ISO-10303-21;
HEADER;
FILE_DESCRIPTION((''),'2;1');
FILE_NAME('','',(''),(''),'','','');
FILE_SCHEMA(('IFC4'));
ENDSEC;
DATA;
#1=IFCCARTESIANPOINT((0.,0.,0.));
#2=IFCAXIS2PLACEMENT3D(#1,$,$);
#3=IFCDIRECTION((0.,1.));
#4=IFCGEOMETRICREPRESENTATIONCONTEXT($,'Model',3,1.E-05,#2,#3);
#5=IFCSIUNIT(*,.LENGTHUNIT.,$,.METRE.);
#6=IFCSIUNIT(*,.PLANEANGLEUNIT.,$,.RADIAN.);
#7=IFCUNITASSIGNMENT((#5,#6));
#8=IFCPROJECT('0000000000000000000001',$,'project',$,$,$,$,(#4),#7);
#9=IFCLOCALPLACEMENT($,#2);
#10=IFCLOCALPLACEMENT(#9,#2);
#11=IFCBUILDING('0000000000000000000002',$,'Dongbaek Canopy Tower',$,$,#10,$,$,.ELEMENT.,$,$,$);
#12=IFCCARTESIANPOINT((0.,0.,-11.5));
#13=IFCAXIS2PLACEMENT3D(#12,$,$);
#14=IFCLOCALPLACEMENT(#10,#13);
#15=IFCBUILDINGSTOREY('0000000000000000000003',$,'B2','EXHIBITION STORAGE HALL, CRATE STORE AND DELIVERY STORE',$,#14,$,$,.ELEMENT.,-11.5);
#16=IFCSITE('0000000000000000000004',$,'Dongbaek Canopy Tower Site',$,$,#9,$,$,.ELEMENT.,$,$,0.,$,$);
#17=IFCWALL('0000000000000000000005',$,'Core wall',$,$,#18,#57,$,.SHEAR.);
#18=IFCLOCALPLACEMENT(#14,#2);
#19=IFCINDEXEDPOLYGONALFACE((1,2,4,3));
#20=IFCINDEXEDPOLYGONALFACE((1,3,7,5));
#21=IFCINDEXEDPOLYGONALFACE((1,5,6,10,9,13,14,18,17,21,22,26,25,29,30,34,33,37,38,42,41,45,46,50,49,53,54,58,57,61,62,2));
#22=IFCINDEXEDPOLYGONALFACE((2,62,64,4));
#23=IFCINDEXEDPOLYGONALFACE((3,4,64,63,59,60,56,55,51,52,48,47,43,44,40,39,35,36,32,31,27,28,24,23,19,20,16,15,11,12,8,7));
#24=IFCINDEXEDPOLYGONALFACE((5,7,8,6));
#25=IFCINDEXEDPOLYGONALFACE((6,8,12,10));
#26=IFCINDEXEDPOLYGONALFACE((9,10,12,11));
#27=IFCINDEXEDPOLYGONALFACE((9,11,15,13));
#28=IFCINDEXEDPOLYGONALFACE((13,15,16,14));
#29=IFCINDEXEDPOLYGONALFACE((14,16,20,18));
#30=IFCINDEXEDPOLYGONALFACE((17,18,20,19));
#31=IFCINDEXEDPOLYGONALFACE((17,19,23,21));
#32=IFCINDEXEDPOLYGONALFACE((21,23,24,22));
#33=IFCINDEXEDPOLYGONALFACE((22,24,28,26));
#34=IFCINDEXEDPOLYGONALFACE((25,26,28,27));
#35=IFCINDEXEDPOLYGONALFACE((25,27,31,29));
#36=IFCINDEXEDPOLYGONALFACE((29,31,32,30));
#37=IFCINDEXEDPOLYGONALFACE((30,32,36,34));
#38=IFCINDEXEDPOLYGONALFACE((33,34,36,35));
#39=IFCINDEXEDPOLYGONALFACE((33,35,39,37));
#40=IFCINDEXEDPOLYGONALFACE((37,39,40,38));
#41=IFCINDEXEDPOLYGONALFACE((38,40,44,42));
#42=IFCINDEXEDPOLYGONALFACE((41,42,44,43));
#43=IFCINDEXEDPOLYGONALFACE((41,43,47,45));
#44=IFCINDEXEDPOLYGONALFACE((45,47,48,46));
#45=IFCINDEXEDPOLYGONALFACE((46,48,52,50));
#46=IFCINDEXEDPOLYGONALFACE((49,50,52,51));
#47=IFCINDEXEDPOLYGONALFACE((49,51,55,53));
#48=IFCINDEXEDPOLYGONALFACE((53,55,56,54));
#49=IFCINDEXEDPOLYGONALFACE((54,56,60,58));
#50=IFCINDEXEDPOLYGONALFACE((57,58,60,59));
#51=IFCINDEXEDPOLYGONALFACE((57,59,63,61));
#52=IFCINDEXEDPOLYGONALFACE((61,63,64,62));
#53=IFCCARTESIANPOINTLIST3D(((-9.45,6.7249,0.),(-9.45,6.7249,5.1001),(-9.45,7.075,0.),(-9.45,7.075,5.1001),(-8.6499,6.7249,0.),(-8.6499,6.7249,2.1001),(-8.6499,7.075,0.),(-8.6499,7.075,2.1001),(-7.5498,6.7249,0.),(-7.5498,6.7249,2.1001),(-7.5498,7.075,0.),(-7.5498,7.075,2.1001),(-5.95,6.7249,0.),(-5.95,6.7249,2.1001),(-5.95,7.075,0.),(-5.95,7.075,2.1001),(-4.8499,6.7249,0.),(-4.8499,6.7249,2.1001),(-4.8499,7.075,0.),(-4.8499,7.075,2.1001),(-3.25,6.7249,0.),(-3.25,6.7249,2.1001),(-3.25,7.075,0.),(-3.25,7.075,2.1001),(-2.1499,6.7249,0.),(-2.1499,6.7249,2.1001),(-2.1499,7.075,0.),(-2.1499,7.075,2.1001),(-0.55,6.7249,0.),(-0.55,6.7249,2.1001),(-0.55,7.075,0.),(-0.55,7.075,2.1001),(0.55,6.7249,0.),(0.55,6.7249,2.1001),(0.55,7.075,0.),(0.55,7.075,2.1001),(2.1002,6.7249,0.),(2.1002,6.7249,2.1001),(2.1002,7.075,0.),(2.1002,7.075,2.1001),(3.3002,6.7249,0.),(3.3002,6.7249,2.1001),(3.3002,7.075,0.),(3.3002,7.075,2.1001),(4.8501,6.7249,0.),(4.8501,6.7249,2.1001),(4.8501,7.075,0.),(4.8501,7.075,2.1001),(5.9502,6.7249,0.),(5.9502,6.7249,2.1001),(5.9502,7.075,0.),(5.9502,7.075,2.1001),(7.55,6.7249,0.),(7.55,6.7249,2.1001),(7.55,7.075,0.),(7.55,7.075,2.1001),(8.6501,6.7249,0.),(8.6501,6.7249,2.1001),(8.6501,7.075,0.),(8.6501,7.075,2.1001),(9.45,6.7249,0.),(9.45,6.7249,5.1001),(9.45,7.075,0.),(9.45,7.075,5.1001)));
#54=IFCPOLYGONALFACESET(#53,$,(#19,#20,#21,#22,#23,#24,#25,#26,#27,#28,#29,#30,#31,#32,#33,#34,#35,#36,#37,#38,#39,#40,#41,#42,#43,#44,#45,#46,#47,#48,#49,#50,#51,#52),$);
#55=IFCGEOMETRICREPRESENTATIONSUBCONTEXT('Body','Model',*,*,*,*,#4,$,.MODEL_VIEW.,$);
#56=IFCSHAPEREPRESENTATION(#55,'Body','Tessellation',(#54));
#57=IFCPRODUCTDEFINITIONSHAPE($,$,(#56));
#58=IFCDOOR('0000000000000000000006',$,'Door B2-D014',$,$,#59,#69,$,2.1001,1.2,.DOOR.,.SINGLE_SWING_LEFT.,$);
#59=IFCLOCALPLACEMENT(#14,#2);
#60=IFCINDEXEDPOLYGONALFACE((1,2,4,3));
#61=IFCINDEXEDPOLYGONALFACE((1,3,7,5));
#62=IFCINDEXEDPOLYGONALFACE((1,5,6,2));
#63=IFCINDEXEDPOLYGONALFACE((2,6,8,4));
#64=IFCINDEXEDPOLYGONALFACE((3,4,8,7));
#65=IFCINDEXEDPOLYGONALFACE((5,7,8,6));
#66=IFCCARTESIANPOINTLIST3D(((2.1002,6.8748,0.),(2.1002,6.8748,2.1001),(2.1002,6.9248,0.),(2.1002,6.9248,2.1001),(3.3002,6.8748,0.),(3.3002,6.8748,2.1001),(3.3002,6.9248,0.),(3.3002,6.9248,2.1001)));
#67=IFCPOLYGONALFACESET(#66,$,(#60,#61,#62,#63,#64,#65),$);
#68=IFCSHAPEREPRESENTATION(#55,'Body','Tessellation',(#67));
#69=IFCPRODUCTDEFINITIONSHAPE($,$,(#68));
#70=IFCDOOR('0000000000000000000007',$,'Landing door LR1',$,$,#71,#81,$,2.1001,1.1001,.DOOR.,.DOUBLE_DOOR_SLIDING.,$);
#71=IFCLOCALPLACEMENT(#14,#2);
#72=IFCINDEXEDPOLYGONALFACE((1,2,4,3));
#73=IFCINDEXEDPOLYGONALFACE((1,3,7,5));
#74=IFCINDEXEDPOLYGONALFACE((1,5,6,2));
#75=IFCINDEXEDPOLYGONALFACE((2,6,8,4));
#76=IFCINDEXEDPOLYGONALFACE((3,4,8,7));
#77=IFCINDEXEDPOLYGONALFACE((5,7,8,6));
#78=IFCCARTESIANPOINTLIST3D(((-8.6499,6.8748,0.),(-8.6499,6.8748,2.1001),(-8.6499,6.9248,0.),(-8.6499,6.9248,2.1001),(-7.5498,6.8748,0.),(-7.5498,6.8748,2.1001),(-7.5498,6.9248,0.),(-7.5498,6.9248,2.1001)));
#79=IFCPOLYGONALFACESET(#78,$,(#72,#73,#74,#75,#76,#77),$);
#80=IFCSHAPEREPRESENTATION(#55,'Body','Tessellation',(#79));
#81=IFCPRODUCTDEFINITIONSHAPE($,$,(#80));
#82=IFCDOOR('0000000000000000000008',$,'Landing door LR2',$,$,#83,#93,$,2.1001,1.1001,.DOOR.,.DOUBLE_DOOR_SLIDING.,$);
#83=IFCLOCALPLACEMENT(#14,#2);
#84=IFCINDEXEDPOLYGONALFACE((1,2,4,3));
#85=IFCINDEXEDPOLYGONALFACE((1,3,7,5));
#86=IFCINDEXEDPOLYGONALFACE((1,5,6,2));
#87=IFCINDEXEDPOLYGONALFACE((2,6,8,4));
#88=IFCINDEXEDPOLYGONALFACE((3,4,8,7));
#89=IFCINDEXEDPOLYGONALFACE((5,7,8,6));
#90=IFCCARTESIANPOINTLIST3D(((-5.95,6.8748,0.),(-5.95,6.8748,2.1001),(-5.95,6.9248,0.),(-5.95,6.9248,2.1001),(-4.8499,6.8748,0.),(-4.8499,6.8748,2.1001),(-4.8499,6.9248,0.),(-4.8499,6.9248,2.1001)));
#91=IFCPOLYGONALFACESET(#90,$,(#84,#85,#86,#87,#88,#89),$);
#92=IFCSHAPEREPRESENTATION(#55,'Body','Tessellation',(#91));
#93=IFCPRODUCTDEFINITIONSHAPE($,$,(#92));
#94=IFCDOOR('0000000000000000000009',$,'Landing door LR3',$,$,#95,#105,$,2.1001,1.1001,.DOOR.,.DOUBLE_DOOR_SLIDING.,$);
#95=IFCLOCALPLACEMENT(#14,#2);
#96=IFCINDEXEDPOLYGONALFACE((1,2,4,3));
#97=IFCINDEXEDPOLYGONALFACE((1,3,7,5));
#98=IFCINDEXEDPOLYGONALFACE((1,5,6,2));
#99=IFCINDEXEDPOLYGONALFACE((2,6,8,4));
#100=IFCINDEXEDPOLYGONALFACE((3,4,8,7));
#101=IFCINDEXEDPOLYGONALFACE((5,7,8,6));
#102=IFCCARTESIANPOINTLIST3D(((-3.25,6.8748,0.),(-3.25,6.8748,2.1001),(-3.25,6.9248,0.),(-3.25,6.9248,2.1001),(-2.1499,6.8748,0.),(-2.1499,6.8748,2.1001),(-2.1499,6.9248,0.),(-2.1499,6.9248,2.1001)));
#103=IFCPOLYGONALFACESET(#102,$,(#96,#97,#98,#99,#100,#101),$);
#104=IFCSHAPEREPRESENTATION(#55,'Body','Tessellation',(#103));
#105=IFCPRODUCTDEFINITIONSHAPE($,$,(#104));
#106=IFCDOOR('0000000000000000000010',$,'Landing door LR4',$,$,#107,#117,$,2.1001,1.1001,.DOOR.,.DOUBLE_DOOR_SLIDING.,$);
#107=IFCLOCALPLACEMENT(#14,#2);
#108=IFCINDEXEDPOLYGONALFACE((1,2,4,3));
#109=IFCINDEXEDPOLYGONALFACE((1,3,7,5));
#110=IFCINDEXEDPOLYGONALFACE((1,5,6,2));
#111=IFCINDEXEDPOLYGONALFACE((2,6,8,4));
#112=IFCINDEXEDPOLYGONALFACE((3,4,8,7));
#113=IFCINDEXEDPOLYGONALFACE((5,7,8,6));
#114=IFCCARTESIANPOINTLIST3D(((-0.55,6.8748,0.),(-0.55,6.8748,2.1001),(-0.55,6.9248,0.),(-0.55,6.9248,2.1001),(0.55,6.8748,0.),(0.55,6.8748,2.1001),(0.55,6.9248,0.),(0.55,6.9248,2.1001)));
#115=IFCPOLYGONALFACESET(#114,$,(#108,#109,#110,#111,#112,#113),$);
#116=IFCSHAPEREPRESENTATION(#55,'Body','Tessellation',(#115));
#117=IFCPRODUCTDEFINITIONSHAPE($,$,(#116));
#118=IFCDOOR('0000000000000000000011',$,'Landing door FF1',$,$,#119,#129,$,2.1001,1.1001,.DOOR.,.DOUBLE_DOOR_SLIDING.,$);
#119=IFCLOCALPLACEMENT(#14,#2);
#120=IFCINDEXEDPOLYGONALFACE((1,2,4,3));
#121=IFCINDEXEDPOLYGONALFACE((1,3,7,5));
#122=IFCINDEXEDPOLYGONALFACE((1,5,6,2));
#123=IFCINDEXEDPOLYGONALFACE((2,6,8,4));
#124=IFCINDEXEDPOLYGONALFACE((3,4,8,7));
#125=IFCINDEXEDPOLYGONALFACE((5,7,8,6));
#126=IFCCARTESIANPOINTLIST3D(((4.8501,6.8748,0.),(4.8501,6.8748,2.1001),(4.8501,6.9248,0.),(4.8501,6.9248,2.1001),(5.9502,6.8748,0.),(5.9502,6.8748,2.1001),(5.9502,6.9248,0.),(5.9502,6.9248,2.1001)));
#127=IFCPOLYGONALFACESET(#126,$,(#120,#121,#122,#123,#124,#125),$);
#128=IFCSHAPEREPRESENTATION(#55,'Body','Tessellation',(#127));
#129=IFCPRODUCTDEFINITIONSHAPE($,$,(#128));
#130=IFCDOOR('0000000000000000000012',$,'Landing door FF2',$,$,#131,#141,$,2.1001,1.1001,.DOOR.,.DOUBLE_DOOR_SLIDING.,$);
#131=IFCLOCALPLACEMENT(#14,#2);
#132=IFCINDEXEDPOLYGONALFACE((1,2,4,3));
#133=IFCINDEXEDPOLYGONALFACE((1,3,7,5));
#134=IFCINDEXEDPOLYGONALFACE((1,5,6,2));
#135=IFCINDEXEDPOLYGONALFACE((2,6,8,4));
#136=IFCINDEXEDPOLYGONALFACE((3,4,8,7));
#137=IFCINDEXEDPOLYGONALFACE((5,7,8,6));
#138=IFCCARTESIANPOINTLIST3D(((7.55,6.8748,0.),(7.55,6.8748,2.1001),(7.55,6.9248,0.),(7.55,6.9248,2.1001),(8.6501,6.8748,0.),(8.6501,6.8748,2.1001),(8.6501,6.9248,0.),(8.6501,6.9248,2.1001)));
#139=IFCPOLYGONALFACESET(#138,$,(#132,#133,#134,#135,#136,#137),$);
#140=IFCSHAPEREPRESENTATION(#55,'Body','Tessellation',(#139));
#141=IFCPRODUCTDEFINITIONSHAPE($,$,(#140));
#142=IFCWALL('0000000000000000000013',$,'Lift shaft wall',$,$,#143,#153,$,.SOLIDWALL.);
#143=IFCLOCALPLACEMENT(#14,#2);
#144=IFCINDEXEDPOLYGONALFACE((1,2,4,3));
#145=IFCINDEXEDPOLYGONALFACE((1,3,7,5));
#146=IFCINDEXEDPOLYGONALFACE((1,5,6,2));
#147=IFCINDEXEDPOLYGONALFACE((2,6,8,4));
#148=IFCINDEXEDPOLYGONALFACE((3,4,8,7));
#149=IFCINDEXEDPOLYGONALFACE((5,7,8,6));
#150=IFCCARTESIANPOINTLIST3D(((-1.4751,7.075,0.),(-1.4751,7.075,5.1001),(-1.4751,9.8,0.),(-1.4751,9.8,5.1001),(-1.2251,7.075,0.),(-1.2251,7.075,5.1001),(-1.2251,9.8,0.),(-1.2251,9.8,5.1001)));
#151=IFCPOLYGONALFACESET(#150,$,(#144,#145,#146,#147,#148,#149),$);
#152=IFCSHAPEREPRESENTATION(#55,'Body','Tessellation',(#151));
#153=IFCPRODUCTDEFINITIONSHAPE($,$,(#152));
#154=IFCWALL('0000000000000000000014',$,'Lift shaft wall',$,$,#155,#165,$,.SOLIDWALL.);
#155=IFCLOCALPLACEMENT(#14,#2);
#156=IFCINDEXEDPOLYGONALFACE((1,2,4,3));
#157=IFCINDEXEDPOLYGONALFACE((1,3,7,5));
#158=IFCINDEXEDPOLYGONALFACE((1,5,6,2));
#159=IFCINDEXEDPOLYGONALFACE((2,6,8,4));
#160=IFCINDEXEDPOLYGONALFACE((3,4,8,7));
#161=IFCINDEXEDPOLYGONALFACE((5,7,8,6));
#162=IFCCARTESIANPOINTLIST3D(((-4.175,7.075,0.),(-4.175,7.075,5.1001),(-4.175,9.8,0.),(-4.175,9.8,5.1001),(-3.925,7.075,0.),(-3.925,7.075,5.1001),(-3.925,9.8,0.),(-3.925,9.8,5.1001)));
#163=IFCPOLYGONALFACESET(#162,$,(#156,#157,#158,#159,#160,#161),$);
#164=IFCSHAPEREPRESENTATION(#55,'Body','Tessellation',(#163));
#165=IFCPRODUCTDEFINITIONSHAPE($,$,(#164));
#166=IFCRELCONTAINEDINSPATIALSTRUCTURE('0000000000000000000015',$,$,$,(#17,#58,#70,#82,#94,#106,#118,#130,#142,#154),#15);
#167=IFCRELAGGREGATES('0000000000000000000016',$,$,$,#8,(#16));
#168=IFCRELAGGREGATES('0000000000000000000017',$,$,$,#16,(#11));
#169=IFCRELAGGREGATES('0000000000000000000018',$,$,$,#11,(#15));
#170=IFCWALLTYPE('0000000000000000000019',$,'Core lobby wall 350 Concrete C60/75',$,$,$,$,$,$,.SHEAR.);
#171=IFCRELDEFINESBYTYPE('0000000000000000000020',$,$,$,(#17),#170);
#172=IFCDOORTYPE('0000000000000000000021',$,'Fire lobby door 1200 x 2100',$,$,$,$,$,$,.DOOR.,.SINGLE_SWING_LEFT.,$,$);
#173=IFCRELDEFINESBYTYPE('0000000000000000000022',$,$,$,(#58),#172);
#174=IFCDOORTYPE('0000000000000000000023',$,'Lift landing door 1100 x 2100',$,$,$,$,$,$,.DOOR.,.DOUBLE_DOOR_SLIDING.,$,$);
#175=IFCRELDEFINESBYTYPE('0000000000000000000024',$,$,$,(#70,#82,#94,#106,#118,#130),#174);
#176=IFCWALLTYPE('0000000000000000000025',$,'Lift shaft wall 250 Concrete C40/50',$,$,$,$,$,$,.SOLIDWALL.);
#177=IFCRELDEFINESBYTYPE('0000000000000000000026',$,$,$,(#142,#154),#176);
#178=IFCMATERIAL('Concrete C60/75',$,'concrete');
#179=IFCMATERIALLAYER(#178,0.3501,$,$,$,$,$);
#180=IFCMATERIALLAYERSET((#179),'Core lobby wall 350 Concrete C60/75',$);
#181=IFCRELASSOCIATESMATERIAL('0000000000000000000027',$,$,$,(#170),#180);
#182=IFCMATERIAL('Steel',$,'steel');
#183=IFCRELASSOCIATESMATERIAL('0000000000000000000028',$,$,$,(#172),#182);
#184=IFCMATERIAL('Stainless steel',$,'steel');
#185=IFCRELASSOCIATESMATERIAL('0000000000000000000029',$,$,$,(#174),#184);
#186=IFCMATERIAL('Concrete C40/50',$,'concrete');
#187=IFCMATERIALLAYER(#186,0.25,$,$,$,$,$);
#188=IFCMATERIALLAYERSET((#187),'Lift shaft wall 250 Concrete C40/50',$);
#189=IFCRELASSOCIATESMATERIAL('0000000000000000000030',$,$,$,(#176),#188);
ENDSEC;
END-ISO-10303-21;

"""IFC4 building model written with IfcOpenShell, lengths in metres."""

from ifc_helpers import new_model, si_unit, direction, frame, frame_2d, origin, place, context, subcontext, project, spatial, rectangle, extrude, material, layer, layer_set, type_object, element, fill, save


model = new_model("IFC4")

# Units and contexts
model_context = context("Model", 3, precision=1e-05, world=origin(), true_north=direction((0.0, 1.0)))
body_context = subcontext(model_context, "Body", "Model", "MODEL_VIEW")
ifc_project = project(units=[si_unit("LENGTHUNIT", "METRE"), si_unit("PLANEANGLEUNIT", "RADIAN")], contexts=[model_context])

# Site, building, storey
site_placement = place(None, origin())
site = spatial("IfcSite", under=ifc_project, at=site_placement, Name="Dongbaek Canopy Tower Site", CompositionType="ELEMENT", RefElevation=0.0)
building_placement = place(site_placement, origin())
building = spatial("IfcBuilding", under=site, at=building_placement, Name="Dongbaek Canopy Tower", CompositionType="ELEMENT")
storey_placement = place(building_placement, frame((0.0, 0.0, -11.5)))
storey = spatial("IfcBuildingStorey", under=building, at=storey_placement, Name="B2", Description="EXHIBITION STORAGE HALL, CRATE STORE AND DELIVERY STORE", CompositionType="ELEMENT", Elevation=-11.5)

# Wall, openings, doors
ifc_material_1 = material(Name="Concrete C60/75", Category="concrete")
ifc_layer_1 = layer(ifc_material_1, 0.3501)
ifc_layer_set_1 = layer_set([ifc_layer_1], Name="Core lobby wall 350 Concrete C60/75")
wall_type_1 = type_object("IfcWallType", Name="Core lobby wall 350 Concrete C60/75", PredefinedType="SHEAR", material=ifc_layer_set_1)
wall_1_placement = place(storey_placement, frame((-9.45, 6.8999, 0.0), z_axis=(0.0, 0.0, 1.0), x_axis=(1.0, 0.0, 0.0)))
wall_1 = element("IfcWall", 1, at=wall_1_placement, inside=storey, type_object=wall_type_1, Name="Core wall", PredefinedType="SHEAR", context=body_context, shape_type="SweptSolid", body=[
    extrude(rectangle(XDim=18.8999, YDim=0.3501, at=frame_2d((9.45, 0.0))), origin(), (0.0, 0.0, 1.0), 5.1001),
])
opening_1_placement = place(wall_1_placement, frame((0.8, 0.0, 0.0)))
opening_1 = element("IfcOpeningElement", 2, at=opening_1_placement, cuts=wall_1, PredefinedType="OPENING", context=body_context, shape_type="SweptSolid", body=[
    extrude(rectangle(XDim=1.1001, YDim=2.1001, at=frame_2d((0.55, 1.05))), frame((0.0, 0.1851, 0.0), z_axis=(0.0, -1.0, 0.0), x_axis=(1.0, 0.0, 0.0)), (0.0, 0.0, 1.0), 0.3701),
])
opening_2_placement = place(wall_1_placement, frame((3.5, 0.0, 0.0)))
opening_2 = element("IfcOpeningElement", 3, at=opening_2_placement, cuts=wall_1, PredefinedType="OPENING", context=body_context, shape_type="SweptSolid", body=[
    extrude(rectangle(XDim=1.1001, YDim=2.1001, at=frame_2d((0.55, 1.05))), frame((0.0, 0.1851, 0.0), z_axis=(0.0, -1.0, 0.0), x_axis=(1.0, 0.0, 0.0)), (0.0, 0.0, 1.0), 0.3701),
])
opening_3_placement = place(wall_1_placement, frame((6.2, 0.0, 0.0)))
opening_3 = element("IfcOpeningElement", 4, at=opening_3_placement, cuts=wall_1, PredefinedType="OPENING", context=body_context, shape_type="SweptSolid", body=[
    extrude(rectangle(XDim=1.1001, YDim=2.1001, at=frame_2d((0.55, 1.05))), frame((0.0, 0.1851, 0.0), z_axis=(0.0, -1.0, 0.0), x_axis=(1.0, 0.0, 0.0)), (0.0, 0.0, 1.0), 0.3701),
])
opening_4_placement = place(wall_1_placement, frame((8.8999, 0.0, 0.0)))
opening_4 = element("IfcOpeningElement", 5, at=opening_4_placement, cuts=wall_1, PredefinedType="OPENING", context=body_context, shape_type="SweptSolid", body=[
    extrude(rectangle(XDim=1.1001, YDim=2.1001, at=frame_2d((0.55, 1.05))), frame((0.0, 0.1851, 0.0), z_axis=(0.0, -1.0, 0.0), x_axis=(1.0, 0.0, 0.0)), (0.0, 0.0, 1.0), 0.3701),
])
opening_5_placement = place(wall_1_placement, frame((11.55, 0.0, 0.0)))
opening_5 = element("IfcOpeningElement", 6, at=opening_5_placement, cuts=wall_1, PredefinedType="OPENING", context=body_context, shape_type="SweptSolid", body=[
    extrude(rectangle(XDim=1.2, YDim=2.1001, at=frame_2d((0.6001, 1.05))), frame((0.0, 0.1851, 0.0), z_axis=(0.0, -1.0, 0.0), x_axis=(1.0, 0.0, 0.0)), (0.0, 0.0, 1.0), 0.3701),
])
opening_6_placement = place(wall_1_placement, frame((14.3, 0.0, 0.0)))
opening_6 = element("IfcOpeningElement", 7, at=opening_6_placement, cuts=wall_1, PredefinedType="OPENING", context=body_context, shape_type="SweptSolid", body=[
    extrude(rectangle(XDim=1.1001, YDim=2.1001, at=frame_2d((0.55, 1.05))), frame((0.0, 0.1851, 0.0), z_axis=(0.0, -1.0, 0.0), x_axis=(1.0, 0.0, 0.0)), (0.0, 0.0, 1.0), 0.3701),
])
opening_7_placement = place(wall_1_placement, frame((17.0, 0.0, 0.0)))
opening_7 = element("IfcOpeningElement", 8, at=opening_7_placement, cuts=wall_1, PredefinedType="OPENING", context=body_context, shape_type="SweptSolid", body=[
    extrude(rectangle(XDim=1.1001, YDim=2.1001, at=frame_2d((0.55, 1.05))), frame((0.0, 0.1851, 0.0), z_axis=(0.0, -1.0, 0.0), x_axis=(1.0, 0.0, 0.0)), (0.0, 0.0, 1.0), 0.3701),
])
ifc_material_2 = material(Name="Steel", Category="steel")
door_type_1 = type_object("IfcDoorType", Name="Fire lobby door 1200 x 2100", OperationType="SINGLE_SWING_LEFT", PredefinedType="DOOR", material=ifc_material_2)
door_1_placement = place(opening_5_placement, origin())
door_1 = element("IfcDoor", 9, at=door_1_placement, inside=storey, type_object=door_type_1, Name="Door B2-D014", OperationType="SINGLE_SWING_LEFT", OverallHeight=2.1001, OverallWidth=1.2, PredefinedType="DOOR", context=body_context, shape_type="SweptSolid", body=[
    extrude(rectangle(XDim=1.2, YDim=2.1001, at=frame_2d((0.6001, 1.05))), frame((0.0, 0.0249, 0.0), z_axis=(0.0, -1.0, 0.0), x_axis=(1.0, 0.0, 0.0)), (0.0, 0.0, 1.0), 0.05),
])
fill(opening_5, door_1)
ifc_material_3 = material(Name="Stainless steel", Category="steel")
door_type_2 = type_object("IfcDoorType", Name="Lift landing door 1100 x 2100", OperationType="DOUBLE_DOOR_SLIDING", PredefinedType="DOOR", material=ifc_material_3)
door_2_placement = place(opening_1_placement, origin())
door_2 = element("IfcDoor", 10, at=door_2_placement, inside=storey, type_object=door_type_2, Name="Landing door LR1", OperationType="DOUBLE_DOOR_SLIDING", OverallHeight=2.1001, OverallWidth=1.1001, PredefinedType="DOOR", context=body_context, shape_type="SweptSolid", body=[
    extrude(rectangle(XDim=1.1001, YDim=2.1001, at=frame_2d((0.55, 1.05))), frame((0.0, 0.0249, 0.0), z_axis=(0.0, -1.0, 0.0), x_axis=(1.0, 0.0, 0.0)), (0.0, 0.0, 1.0), 0.05),
])
fill(opening_1, door_2)
door_3_placement = place(opening_2_placement, origin())
door_3 = element("IfcDoor", 11, at=door_3_placement, inside=storey, type_object=door_type_2, Name="Landing door LR2", OperationType="DOUBLE_DOOR_SLIDING", OverallHeight=2.1001, OverallWidth=1.1001, PredefinedType="DOOR", context=body_context, shape_type="SweptSolid", body=[
    extrude(rectangle(XDim=1.1001, YDim=2.1001, at=frame_2d((0.55, 1.05))), frame((0.0, 0.0249, 0.0), z_axis=(0.0, -1.0, 0.0), x_axis=(1.0, 0.0, 0.0)), (0.0, 0.0, 1.0), 0.05),
])
fill(opening_2, door_3)
door_4_placement = place(opening_3_placement, origin())
door_4 = element("IfcDoor", 12, at=door_4_placement, inside=storey, type_object=door_type_2, Name="Landing door LR3", OperationType="DOUBLE_DOOR_SLIDING", OverallHeight=2.1001, OverallWidth=1.1001, PredefinedType="DOOR", context=body_context, shape_type="SweptSolid", body=[
    extrude(rectangle(XDim=1.1001, YDim=2.1001, at=frame_2d((0.55, 1.05))), frame((0.0, 0.0249, 0.0), z_axis=(0.0, -1.0, 0.0), x_axis=(1.0, 0.0, 0.0)), (0.0, 0.0, 1.0), 0.05),
])
fill(opening_3, door_4)
door_5_placement = place(opening_4_placement, origin())
door_5 = element("IfcDoor", 13, at=door_5_placement, inside=storey, type_object=door_type_2, Name="Landing door LR4", OperationType="DOUBLE_DOOR_SLIDING", OverallHeight=2.1001, OverallWidth=1.1001, PredefinedType="DOOR", context=body_context, shape_type="SweptSolid", body=[
    extrude(rectangle(XDim=1.1001, YDim=2.1001, at=frame_2d((0.55, 1.05))), frame((0.0, 0.0249, 0.0), z_axis=(0.0, -1.0, 0.0), x_axis=(1.0, 0.0, 0.0)), (0.0, 0.0, 1.0), 0.05),
])
fill(opening_4, door_5)
door_6_placement = place(opening_6_placement, origin())
door_6 = element("IfcDoor", 14, at=door_6_placement, inside=storey, type_object=door_type_2, Name="Landing door FF1", OperationType="DOUBLE_DOOR_SLIDING", OverallHeight=2.1001, OverallWidth=1.1001, PredefinedType="DOOR", context=body_context, shape_type="SweptSolid", body=[
    extrude(rectangle(XDim=1.1001, YDim=2.1001, at=frame_2d((0.55, 1.05))), frame((0.0, 0.0249, 0.0), z_axis=(0.0, -1.0, 0.0), x_axis=(1.0, 0.0, 0.0)), (0.0, 0.0, 1.0), 0.05),
])
fill(opening_6, door_6)
door_7_placement = place(opening_7_placement, origin())
door_7 = element("IfcDoor", 15, at=door_7_placement, inside=storey, type_object=door_type_2, Name="Landing door FF2", OperationType="DOUBLE_DOOR_SLIDING", OverallHeight=2.1001, OverallWidth=1.1001, PredefinedType="DOOR", context=body_context, shape_type="SweptSolid", body=[
    extrude(rectangle(XDim=1.1001, YDim=2.1001, at=frame_2d((0.55, 1.05))), frame((0.0, 0.0249, 0.0), z_axis=(0.0, -1.0, 0.0), x_axis=(1.0, 0.0, 0.0)), (0.0, 0.0, 1.0), 0.05),
])
fill(opening_7, door_7)

# Walls
ifc_material_4 = material(Name="Concrete C40/50", Category="concrete")
ifc_layer_2 = layer(ifc_material_4, 0.25)
ifc_layer_set_2 = layer_set([ifc_layer_2], Name="Lift shaft wall 250 Concrete C40/50")
wall_type_2 = type_object("IfcWallType", Name="Lift shaft wall 250 Concrete C40/50", PredefinedType="SOLIDWALL", material=ifc_layer_set_2)
for number, where, z_axis, x_axis, name in (
    (16, (-1.3501, 7.075, 0.0), (0.0, 0.0, 1.0), (0.0, 1.0, 0.0), "Lift shaft wall"),
    (17, (-4.05, 7.075, 0.0), (0.0, 0.0, 1.0), (0.0, 1.0, 0.0), "Lift shaft wall"),
):
    element("IfcWall", number, at=place(storey_placement, frame(where, z_axis=z_axis, x_axis=x_axis)), inside=storey, type_object=wall_type_2, Name=name, PredefinedType="SOLIDWALL", context=body_context, shape_type="SweptSolid", body=[
        extrude(rectangle(XDim=2.7251, YDim=0.25, at=frame_2d((1.3625, 0.0))), origin(), (0.0, 0.0, 1.0), 5.1001),
    ])

save(model, "model.ifc")
